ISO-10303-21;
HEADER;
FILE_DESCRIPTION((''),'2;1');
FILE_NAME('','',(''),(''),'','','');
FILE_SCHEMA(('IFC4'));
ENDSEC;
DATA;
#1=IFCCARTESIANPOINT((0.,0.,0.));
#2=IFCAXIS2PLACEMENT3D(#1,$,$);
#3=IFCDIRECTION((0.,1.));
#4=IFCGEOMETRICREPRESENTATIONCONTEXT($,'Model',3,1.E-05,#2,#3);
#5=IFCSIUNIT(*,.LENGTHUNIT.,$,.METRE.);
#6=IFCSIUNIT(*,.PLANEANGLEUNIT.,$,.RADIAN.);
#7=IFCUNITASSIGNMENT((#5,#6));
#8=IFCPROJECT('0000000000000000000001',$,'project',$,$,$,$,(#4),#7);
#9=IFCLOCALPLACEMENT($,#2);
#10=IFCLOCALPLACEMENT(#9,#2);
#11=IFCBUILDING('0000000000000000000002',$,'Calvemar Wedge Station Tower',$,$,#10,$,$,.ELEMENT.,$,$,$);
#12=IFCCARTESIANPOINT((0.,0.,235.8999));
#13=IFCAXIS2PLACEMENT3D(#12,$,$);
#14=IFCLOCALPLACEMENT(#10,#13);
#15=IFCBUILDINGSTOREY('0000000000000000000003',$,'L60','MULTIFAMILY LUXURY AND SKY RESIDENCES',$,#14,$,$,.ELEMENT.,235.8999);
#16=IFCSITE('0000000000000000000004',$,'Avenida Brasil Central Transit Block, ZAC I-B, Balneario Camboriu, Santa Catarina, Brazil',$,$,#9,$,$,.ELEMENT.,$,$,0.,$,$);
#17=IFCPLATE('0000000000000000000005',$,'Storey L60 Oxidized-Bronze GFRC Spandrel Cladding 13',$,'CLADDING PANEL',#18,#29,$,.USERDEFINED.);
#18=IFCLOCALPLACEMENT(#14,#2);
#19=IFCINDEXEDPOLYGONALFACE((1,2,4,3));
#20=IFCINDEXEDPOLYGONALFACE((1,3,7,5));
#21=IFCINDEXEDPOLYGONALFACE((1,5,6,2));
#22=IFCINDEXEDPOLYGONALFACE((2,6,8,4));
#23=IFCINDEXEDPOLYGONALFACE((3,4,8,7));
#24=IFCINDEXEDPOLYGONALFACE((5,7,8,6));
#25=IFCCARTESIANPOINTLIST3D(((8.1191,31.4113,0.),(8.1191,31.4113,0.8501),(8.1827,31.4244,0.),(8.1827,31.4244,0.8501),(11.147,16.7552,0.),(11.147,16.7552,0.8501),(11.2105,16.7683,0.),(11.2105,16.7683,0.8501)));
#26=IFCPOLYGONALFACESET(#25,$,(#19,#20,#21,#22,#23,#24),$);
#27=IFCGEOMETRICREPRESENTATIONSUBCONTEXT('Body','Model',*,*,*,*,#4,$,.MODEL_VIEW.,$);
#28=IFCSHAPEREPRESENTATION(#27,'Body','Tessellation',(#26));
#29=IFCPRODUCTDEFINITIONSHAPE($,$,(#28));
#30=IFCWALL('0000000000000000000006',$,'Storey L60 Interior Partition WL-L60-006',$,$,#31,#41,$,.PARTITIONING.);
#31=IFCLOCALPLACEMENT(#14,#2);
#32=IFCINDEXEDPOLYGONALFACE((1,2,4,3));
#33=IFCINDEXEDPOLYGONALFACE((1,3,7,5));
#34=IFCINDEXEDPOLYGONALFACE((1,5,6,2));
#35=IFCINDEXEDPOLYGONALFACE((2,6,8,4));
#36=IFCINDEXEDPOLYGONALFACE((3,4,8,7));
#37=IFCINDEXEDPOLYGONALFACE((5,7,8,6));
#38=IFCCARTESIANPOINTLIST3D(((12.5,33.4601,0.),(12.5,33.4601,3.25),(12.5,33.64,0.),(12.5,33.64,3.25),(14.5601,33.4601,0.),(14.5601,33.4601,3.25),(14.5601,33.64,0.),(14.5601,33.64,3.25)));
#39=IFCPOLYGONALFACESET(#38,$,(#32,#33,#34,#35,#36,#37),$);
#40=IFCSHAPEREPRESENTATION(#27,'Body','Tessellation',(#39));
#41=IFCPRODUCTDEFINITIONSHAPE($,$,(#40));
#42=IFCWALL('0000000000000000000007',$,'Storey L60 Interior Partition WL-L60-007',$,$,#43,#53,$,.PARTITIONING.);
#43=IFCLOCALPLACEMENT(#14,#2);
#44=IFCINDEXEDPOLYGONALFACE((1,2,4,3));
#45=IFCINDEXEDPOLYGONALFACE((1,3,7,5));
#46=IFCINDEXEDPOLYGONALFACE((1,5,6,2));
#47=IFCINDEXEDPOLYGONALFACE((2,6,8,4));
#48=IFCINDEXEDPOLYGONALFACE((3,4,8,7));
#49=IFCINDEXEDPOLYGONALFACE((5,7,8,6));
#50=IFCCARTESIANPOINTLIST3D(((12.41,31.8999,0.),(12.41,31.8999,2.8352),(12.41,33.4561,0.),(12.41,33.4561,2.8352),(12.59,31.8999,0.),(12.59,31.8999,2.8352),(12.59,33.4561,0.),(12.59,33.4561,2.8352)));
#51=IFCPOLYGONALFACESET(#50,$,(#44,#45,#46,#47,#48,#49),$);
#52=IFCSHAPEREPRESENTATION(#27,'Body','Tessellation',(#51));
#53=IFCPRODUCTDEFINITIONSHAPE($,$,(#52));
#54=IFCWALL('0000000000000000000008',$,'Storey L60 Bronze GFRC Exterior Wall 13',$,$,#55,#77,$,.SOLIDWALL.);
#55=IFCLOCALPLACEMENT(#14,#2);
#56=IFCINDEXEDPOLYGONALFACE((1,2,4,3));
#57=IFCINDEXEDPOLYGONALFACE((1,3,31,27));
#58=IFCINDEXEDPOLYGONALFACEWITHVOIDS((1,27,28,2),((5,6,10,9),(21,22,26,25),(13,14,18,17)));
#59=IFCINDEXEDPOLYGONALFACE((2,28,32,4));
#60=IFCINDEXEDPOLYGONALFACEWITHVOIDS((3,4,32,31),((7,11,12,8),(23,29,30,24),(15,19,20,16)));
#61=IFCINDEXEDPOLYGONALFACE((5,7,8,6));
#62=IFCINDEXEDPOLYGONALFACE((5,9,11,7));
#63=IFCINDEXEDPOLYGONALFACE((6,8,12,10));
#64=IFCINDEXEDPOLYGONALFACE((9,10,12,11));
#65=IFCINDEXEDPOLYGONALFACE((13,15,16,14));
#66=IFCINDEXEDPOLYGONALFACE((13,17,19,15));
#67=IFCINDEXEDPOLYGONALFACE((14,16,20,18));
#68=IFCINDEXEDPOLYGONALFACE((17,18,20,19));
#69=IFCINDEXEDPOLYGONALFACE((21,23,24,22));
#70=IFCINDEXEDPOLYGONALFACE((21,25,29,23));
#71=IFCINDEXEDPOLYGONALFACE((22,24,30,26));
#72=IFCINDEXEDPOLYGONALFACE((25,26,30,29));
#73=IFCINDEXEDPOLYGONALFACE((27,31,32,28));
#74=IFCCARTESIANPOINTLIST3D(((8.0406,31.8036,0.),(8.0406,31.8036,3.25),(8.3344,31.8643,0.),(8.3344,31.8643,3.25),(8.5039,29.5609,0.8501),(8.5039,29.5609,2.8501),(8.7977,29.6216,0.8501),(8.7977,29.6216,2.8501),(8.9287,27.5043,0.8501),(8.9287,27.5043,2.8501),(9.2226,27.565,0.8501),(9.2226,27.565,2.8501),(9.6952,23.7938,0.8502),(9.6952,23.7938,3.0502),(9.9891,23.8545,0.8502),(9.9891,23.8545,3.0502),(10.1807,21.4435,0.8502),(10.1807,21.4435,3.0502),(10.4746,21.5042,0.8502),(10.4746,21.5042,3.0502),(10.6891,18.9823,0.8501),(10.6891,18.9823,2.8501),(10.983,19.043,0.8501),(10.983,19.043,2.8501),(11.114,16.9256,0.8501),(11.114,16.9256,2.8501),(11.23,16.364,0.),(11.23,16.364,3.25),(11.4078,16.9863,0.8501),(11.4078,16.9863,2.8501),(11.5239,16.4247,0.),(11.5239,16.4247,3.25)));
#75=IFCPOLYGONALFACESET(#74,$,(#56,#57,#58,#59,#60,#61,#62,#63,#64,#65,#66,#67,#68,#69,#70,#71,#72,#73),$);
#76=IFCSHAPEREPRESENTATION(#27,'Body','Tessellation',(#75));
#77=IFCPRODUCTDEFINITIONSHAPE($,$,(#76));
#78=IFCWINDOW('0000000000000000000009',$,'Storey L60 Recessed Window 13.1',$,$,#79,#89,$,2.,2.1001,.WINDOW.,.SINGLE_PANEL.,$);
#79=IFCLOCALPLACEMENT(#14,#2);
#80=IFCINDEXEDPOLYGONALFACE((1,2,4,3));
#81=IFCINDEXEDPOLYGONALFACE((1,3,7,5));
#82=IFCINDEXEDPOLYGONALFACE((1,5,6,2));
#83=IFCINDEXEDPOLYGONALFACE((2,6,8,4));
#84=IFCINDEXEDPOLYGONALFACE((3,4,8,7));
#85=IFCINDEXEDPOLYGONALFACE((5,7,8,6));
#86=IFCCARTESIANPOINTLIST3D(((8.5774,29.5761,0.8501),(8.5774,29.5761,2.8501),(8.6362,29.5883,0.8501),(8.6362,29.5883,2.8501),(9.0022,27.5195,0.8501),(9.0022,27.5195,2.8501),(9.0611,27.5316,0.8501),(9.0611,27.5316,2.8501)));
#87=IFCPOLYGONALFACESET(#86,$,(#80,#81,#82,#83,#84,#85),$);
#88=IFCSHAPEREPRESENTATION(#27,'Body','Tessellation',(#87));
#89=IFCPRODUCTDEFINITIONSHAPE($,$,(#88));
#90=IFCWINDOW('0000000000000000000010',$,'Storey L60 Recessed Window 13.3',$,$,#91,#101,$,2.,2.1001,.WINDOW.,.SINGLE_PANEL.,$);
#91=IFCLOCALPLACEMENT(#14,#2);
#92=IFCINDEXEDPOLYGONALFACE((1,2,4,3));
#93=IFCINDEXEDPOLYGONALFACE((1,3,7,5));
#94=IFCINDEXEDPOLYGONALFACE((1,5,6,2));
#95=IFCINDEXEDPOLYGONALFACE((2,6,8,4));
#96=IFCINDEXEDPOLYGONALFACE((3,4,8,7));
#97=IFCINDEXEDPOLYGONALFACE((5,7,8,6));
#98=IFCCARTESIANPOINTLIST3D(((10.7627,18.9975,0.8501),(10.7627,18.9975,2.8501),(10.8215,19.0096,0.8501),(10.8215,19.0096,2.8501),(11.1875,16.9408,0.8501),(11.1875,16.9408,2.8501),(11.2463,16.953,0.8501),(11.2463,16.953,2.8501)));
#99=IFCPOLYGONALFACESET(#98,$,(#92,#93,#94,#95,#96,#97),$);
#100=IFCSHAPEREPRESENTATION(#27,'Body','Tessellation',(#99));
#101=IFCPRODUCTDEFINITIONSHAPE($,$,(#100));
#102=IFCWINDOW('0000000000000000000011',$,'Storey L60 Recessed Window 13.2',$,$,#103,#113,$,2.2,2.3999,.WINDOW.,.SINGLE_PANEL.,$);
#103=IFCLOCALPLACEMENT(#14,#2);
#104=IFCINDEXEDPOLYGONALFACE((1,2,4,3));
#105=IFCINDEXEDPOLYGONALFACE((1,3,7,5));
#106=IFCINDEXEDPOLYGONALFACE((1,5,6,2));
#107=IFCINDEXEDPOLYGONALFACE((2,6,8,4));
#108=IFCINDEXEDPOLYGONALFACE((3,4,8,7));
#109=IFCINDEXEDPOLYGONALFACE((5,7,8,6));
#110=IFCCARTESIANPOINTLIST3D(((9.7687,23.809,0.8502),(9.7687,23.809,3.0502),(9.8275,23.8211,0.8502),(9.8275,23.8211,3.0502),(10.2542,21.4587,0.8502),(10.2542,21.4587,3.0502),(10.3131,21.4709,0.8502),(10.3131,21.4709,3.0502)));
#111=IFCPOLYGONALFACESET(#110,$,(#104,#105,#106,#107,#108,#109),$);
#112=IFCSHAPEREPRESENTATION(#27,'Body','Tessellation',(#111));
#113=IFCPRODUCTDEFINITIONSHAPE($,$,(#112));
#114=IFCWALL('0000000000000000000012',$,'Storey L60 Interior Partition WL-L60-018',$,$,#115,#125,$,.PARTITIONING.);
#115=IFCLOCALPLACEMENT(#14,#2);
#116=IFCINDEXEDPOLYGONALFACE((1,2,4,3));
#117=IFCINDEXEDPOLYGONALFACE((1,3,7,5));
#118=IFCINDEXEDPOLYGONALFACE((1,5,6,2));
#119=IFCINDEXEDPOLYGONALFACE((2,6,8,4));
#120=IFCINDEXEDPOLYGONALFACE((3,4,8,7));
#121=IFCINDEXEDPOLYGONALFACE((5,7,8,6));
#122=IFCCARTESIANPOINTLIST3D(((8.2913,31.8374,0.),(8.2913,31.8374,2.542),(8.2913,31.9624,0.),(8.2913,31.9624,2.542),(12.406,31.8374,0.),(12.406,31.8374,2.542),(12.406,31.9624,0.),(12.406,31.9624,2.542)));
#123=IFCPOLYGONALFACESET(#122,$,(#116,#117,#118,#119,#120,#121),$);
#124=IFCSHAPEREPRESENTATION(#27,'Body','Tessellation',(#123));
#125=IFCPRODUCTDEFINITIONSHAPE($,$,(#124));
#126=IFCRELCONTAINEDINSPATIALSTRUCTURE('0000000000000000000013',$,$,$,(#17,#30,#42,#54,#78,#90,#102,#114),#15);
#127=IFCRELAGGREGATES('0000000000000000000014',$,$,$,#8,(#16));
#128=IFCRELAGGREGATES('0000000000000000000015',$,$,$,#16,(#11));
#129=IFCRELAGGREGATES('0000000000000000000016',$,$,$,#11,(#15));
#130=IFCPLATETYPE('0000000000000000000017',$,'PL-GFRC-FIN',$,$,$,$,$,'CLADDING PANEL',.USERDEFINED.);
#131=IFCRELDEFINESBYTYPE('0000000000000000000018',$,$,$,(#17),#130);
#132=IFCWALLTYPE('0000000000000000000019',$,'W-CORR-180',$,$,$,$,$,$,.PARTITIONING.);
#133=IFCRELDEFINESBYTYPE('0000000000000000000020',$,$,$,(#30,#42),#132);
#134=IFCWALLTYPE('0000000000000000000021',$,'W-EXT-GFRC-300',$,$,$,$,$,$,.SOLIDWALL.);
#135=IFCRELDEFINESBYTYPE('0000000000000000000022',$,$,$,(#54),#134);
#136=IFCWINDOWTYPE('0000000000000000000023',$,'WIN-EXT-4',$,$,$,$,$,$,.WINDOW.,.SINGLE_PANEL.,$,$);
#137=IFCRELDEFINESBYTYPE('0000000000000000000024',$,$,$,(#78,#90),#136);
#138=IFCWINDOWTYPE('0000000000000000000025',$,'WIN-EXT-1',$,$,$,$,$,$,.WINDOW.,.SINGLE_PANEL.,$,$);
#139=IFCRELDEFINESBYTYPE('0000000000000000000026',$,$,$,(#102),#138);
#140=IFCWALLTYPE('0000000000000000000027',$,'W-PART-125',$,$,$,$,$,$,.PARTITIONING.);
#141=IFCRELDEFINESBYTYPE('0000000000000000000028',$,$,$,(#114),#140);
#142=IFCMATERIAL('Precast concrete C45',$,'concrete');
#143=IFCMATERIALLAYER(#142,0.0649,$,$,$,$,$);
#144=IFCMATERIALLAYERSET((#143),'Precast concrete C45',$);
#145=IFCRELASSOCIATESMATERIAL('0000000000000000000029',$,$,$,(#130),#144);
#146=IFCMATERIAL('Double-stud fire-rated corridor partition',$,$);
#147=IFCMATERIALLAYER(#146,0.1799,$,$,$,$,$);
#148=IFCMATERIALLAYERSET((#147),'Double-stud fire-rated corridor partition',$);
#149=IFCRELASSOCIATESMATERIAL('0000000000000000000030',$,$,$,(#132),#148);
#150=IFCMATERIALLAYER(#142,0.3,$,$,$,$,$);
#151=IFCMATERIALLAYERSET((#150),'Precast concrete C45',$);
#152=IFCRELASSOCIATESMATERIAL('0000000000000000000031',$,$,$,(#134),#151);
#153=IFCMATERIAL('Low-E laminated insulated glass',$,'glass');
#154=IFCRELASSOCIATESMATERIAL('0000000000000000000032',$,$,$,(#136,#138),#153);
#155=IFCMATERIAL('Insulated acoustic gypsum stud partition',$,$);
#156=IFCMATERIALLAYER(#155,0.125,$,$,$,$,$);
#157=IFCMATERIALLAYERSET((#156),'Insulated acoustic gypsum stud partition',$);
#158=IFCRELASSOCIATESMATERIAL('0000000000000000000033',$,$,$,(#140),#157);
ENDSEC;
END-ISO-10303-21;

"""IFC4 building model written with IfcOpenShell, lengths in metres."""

from ifc_helpers import new_model, si_unit, direction, frame, frame_2d, origin, place, context, subcontext, project, spatial, rectangle, extrude, source, transform, mapped, material, layer, layer_set, type_object, element, fill, save


model = new_model("IFC4")

# Units and contexts
model_context = context("Model", 3, precision=1e-05, world=origin(), true_north=direction((0.0, 1.0)))
body_context = subcontext(model_context, "Body", "Model", "MODEL_VIEW")
ifc_project = project(units=[si_unit("LENGTHUNIT", "METRE"), si_unit("PLANEANGLEUNIT", "RADIAN")], contexts=[model_context])

# Site, building, storey
site_placement = place(None, origin())
site = spatial("IfcSite", under=ifc_project, at=site_placement, Name="Avenida Brasil Central Transit Block, ZAC I-B, Balneario Camboriu, Santa Catarina, Brazil", CompositionType="ELEMENT", RefElevation=0.0)
building_placement = place(site_placement, origin())
building = spatial("IfcBuilding", under=site, at=building_placement, Name="Calvemar Wedge Station Tower", CompositionType="ELEMENT")
storey_placement = place(building_placement, frame((0.0, 0.0, 235.8999)))
storey = spatial("IfcBuildingStorey", under=building, at=storey_placement, Name="L60", Description="MULTIFAMILY LUXURY AND SKY RESIDENCES", CompositionType="ELEMENT", Elevation=235.8999)

# Plate
ifc_material_1 = material(Name="Precast concrete C45", Category="concrete")
ifc_layer_1 = layer(ifc_material_1, 0.0649)
ifc_layer_set_1 = layer_set([ifc_layer_1], Name="Precast concrete C45")
plate_type = type_object("IfcPlateType", Name="PL-GFRC-FIN", ElementType="CLADDING PANEL", PredefinedType="USERDEFINED", material=ifc_layer_set_1)
plate_placement = place(storey_placement, frame((8.1509, 31.418, 0.0), z_axis=(0.0, 0.0, 1.0), x_axis=(0.202321, -0.979319, 0.0)))
element("IfcPlate", 1, at=plate_placement, inside=storey, type_object=plate_type, Name="Storey L60 Oxidized-Bronze GFRC Spandrel Cladding 13", ObjectType="CLADDING PANEL", PredefinedType="USERDEFINED", context=body_context, shape_type="SweptSolid", body=[
    extrude(rectangle(XDim=14.9656, YDim=0.0649, at=frame_2d((7.4829, 0.0))), origin(), (0.0, 0.0, 1.0), 0.8501),
])

# Walls
ifc_material_2 = material(Name="Double-stud fire-rated corridor partition")
ifc_layer_2 = layer(ifc_material_2, 0.1799)
ifc_layer_set_2 = layer_set([ifc_layer_2], Name="Double-stud fire-rated corridor partition")
wall_type_1 = type_object("IfcWallType", Name="W-CORR-180", PredefinedType="PARTITIONING", material=ifc_layer_set_2)
wall_1_placement = place(storey_placement, frame((12.5, 33.55, 0.0), z_axis=(0.0, 0.0, 1.0), x_axis=(1.0, 0.0, 0.0)))
element("IfcWall", 2, at=wall_1_placement, inside=storey, type_object=wall_type_1, Name="Storey L60 Interior Partition WL-L60-006", PredefinedType="PARTITIONING", context=body_context, shape_type="SweptSolid", body=[
    extrude(rectangle(XDim=2.0601, YDim=0.1799, at=frame_2d((1.03, 0.0))), origin(), (0.0, 0.0, 1.0), 3.25),
])
wall_2_placement = place(storey_placement, frame((12.5, 31.8999, 0.0), z_axis=(0.0, 0.0, 1.0), x_axis=(0.0, 1.0, 0.0)))
element("IfcWall", 3, at=wall_2_placement, inside=storey, type_object=wall_type_1, Name="Storey L60 Interior Partition WL-L60-007", PredefinedType="PARTITIONING", context=body_context, shape_type="SweptSolid", body=[
    extrude(rectangle(XDim=1.5562, YDim=0.1799, at=frame_2d((0.7781, 0.0))), origin(), (0.0, 0.0, 1.0), 2.8352),
])

# Wall, openings, windows
ifc_layer_3 = layer(ifc_material_1, 0.3)
ifc_layer_set_3 = layer_set([ifc_layer_3], Name="Precast concrete C45")
wall_type_2 = type_object("IfcWallType", Name="W-EXT-GFRC-300", PredefinedType="SOLIDWALL", material=ifc_layer_set_3)
wall_3_placement = place(storey_placement, frame((8.1875, 31.834, 0.0), z_axis=(0.0, 0.0, 1.0), x_axis=(0.202303, -0.979323, 0.0)))
wall_3 = element("IfcWall", 4, at=wall_3_placement, inside=storey, type_object=wall_type_2, Name="Storey L60 Bronze GFRC Exterior Wall 13", PredefinedType="SOLIDWALL", context=body_context, shape_type="SweptSolid", body=[
    extrude(rectangle(XDim=15.7656, YDim=0.3, at=frame_2d((7.8828, 0.0))), origin(), (0.0, 0.0, 1.0), 3.25),
])
shared_shape_1 = source(origin(), body_context, "Body", "SweptSolid", [
    extrude(rectangle(XDim=2.1001, YDim=2.0, at=frame_2d((1.05, 1.0))), frame((0.0, 0.1602, 0.0), z_axis=(0.0, -1.0, 0.0), x_axis=(1.0, 0.0, 0.0)), (0.0, 0.0, 1.0), 0.3201),
])
opening_1_placement = place(wall_3_placement, frame((2.29, 0.0, 0.8501)))
opening_1 = element("IfcOpeningElement", 5, at=opening_1_placement, cuts=wall_3, PredefinedType="OPENING", context=body_context, shape_type="MappedRepresentation", body=[
    mapped(shared_shape_1, transform((0.0, 0.0, 0.0), scale=1.0)),
])
shared_shape_2 = source(origin(), body_context, "Body", "SweptSolid", [
    extrude(rectangle(XDim=2.3999, YDim=2.2, at=frame_2d((1.2, 1.1001))), frame((0.0, 0.1602, 0.0), z_axis=(0.0, -1.0, 0.0), x_axis=(1.0, 0.0, 0.0)), (0.0, 0.0, 1.0), 0.3201),
])
opening_2_placement = place(wall_3_placement, frame((8.179, 0.0, 0.8501)))
opening_2 = element("IfcOpeningElement", 6, at=opening_2_placement, cuts=wall_3, PredefinedType="OPENING", context=body_context, shape_type="MappedRepresentation", body=[
    mapped(shared_shape_2, transform((0.0, 0.0, 0.0), scale=1.0)),
])
opening_3_placement = place(wall_3_placement, frame((13.092, 0.0, 0.8501)))
opening_3 = element("IfcOpeningElement", 7, at=opening_3_placement, cuts=wall_3, PredefinedType="OPENING", context=body_context, shape_type="MappedRepresentation", body=[
    mapped(shared_shape_1, transform((0.0, 0.0, 0.0), scale=1.0)),
])
ifc_material_3 = material(Name="Low-E laminated insulated glass", Category="glass")
window_type_1 = type_object("IfcWindowType", Name="WIN-EXT-4", PartitioningType="SINGLE_PANEL", PredefinedType="WINDOW", material=ifc_material_3)
shared_shape_3 = source(origin(), body_context, "Body", "SweptSolid", [
    extrude(rectangle(XDim=2.1001, YDim=2.0, at=frame_2d((1.05, 1.0))), frame((0.0, -0.0149, 0.0), z_axis=(0.0, -1.0, 0.0), x_axis=(1.0, 0.0, 0.0)), (0.0, 0.0, 1.0), 0.0601),
])
window_1_placement = place(opening_1_placement, origin())
window_1 = element("IfcWindow", 8, at=window_1_placement, inside=storey, type_object=window_type_1, Name="Storey L60 Recessed Window 13.1", OverallHeight=2.0, OverallWidth=2.1001, PartitioningType="SINGLE_PANEL", PredefinedType="WINDOW", context=body_context, shape_type="MappedRepresentation", body=[
    mapped(shared_shape_3, transform((0.0, 0.0, 0.0), scale=1.0)),
])
fill(opening_1, window_1)
window_2_placement = place(opening_3_placement, origin())
window_2 = element("IfcWindow", 9, at=window_2_placement, inside=storey, type_object=window_type_1, Name="Storey L60 Recessed Window 13.3", OverallHeight=2.0, OverallWidth=2.1001, PartitioningType="SINGLE_PANEL", PredefinedType="WINDOW", context=body_context, shape_type="MappedRepresentation", body=[
    mapped(shared_shape_3, transform((0.0, 0.0, 0.0), scale=1.0)),
])
fill(opening_3, window_2)
window_type_2 = type_object("IfcWindowType", Name="WIN-EXT-1", PartitioningType="SINGLE_PANEL", PredefinedType="WINDOW", material=ifc_material_3)
shared_shape_4 = source(origin(), body_context, "Body", "SweptSolid", [
    extrude(rectangle(XDim=2.3999, YDim=2.2, at=frame_2d((1.2, 1.1001))), frame((0.0, -0.0149, 0.0), z_axis=(0.0, -1.0, 0.0), x_axis=(1.0, 0.0, 0.0)), (0.0, 0.0, 1.0), 0.0601),
])
window_3_placement = place(opening_2_placement, origin())
window_3 = element("IfcWindow", 10, at=window_3_placement, inside=storey, type_object=window_type_2, Name="Storey L60 Recessed Window 13.2", OverallHeight=2.2, OverallWidth=2.3999, PartitioningType="SINGLE_PANEL", PredefinedType="WINDOW", context=body_context, shape_type="MappedRepresentation", body=[
    mapped(shared_shape_4, transform((0.0, 0.0, 0.0), scale=1.0)),
])
fill(opening_2, window_3)

# Wall
ifc_material_4 = material(Name="Insulated acoustic gypsum stud partition")
ifc_layer_4 = layer(ifc_material_4, 0.125)
ifc_layer_set_4 = layer_set([ifc_layer_4], Name="Insulated acoustic gypsum stud partition")
wall_type_3 = type_object("IfcWallType", Name="W-PART-125", PredefinedType="PARTITIONING", material=ifc_layer_set_4)
wall_4_placement = place(storey_placement, frame((12.406, 31.8999, 0.0), z_axis=(0.0, 0.0, 1.0), x_axis=(-1.0, 0.0, 0.0)))
element("IfcWall", 11, at=wall_4_placement, inside=storey, type_object=wall_type_3, Name="Storey L60 Interior Partition WL-L60-018", PredefinedType="PARTITIONING", context=body_context, shape_type="SweptSolid", body=[
    extrude(rectangle(XDim=4.1147, YDim=0.125, at=frame_2d((2.0574, 0.0))), origin(), (0.0, 0.0, 1.0), 2.542),
])

save(model, "model.ifc")
